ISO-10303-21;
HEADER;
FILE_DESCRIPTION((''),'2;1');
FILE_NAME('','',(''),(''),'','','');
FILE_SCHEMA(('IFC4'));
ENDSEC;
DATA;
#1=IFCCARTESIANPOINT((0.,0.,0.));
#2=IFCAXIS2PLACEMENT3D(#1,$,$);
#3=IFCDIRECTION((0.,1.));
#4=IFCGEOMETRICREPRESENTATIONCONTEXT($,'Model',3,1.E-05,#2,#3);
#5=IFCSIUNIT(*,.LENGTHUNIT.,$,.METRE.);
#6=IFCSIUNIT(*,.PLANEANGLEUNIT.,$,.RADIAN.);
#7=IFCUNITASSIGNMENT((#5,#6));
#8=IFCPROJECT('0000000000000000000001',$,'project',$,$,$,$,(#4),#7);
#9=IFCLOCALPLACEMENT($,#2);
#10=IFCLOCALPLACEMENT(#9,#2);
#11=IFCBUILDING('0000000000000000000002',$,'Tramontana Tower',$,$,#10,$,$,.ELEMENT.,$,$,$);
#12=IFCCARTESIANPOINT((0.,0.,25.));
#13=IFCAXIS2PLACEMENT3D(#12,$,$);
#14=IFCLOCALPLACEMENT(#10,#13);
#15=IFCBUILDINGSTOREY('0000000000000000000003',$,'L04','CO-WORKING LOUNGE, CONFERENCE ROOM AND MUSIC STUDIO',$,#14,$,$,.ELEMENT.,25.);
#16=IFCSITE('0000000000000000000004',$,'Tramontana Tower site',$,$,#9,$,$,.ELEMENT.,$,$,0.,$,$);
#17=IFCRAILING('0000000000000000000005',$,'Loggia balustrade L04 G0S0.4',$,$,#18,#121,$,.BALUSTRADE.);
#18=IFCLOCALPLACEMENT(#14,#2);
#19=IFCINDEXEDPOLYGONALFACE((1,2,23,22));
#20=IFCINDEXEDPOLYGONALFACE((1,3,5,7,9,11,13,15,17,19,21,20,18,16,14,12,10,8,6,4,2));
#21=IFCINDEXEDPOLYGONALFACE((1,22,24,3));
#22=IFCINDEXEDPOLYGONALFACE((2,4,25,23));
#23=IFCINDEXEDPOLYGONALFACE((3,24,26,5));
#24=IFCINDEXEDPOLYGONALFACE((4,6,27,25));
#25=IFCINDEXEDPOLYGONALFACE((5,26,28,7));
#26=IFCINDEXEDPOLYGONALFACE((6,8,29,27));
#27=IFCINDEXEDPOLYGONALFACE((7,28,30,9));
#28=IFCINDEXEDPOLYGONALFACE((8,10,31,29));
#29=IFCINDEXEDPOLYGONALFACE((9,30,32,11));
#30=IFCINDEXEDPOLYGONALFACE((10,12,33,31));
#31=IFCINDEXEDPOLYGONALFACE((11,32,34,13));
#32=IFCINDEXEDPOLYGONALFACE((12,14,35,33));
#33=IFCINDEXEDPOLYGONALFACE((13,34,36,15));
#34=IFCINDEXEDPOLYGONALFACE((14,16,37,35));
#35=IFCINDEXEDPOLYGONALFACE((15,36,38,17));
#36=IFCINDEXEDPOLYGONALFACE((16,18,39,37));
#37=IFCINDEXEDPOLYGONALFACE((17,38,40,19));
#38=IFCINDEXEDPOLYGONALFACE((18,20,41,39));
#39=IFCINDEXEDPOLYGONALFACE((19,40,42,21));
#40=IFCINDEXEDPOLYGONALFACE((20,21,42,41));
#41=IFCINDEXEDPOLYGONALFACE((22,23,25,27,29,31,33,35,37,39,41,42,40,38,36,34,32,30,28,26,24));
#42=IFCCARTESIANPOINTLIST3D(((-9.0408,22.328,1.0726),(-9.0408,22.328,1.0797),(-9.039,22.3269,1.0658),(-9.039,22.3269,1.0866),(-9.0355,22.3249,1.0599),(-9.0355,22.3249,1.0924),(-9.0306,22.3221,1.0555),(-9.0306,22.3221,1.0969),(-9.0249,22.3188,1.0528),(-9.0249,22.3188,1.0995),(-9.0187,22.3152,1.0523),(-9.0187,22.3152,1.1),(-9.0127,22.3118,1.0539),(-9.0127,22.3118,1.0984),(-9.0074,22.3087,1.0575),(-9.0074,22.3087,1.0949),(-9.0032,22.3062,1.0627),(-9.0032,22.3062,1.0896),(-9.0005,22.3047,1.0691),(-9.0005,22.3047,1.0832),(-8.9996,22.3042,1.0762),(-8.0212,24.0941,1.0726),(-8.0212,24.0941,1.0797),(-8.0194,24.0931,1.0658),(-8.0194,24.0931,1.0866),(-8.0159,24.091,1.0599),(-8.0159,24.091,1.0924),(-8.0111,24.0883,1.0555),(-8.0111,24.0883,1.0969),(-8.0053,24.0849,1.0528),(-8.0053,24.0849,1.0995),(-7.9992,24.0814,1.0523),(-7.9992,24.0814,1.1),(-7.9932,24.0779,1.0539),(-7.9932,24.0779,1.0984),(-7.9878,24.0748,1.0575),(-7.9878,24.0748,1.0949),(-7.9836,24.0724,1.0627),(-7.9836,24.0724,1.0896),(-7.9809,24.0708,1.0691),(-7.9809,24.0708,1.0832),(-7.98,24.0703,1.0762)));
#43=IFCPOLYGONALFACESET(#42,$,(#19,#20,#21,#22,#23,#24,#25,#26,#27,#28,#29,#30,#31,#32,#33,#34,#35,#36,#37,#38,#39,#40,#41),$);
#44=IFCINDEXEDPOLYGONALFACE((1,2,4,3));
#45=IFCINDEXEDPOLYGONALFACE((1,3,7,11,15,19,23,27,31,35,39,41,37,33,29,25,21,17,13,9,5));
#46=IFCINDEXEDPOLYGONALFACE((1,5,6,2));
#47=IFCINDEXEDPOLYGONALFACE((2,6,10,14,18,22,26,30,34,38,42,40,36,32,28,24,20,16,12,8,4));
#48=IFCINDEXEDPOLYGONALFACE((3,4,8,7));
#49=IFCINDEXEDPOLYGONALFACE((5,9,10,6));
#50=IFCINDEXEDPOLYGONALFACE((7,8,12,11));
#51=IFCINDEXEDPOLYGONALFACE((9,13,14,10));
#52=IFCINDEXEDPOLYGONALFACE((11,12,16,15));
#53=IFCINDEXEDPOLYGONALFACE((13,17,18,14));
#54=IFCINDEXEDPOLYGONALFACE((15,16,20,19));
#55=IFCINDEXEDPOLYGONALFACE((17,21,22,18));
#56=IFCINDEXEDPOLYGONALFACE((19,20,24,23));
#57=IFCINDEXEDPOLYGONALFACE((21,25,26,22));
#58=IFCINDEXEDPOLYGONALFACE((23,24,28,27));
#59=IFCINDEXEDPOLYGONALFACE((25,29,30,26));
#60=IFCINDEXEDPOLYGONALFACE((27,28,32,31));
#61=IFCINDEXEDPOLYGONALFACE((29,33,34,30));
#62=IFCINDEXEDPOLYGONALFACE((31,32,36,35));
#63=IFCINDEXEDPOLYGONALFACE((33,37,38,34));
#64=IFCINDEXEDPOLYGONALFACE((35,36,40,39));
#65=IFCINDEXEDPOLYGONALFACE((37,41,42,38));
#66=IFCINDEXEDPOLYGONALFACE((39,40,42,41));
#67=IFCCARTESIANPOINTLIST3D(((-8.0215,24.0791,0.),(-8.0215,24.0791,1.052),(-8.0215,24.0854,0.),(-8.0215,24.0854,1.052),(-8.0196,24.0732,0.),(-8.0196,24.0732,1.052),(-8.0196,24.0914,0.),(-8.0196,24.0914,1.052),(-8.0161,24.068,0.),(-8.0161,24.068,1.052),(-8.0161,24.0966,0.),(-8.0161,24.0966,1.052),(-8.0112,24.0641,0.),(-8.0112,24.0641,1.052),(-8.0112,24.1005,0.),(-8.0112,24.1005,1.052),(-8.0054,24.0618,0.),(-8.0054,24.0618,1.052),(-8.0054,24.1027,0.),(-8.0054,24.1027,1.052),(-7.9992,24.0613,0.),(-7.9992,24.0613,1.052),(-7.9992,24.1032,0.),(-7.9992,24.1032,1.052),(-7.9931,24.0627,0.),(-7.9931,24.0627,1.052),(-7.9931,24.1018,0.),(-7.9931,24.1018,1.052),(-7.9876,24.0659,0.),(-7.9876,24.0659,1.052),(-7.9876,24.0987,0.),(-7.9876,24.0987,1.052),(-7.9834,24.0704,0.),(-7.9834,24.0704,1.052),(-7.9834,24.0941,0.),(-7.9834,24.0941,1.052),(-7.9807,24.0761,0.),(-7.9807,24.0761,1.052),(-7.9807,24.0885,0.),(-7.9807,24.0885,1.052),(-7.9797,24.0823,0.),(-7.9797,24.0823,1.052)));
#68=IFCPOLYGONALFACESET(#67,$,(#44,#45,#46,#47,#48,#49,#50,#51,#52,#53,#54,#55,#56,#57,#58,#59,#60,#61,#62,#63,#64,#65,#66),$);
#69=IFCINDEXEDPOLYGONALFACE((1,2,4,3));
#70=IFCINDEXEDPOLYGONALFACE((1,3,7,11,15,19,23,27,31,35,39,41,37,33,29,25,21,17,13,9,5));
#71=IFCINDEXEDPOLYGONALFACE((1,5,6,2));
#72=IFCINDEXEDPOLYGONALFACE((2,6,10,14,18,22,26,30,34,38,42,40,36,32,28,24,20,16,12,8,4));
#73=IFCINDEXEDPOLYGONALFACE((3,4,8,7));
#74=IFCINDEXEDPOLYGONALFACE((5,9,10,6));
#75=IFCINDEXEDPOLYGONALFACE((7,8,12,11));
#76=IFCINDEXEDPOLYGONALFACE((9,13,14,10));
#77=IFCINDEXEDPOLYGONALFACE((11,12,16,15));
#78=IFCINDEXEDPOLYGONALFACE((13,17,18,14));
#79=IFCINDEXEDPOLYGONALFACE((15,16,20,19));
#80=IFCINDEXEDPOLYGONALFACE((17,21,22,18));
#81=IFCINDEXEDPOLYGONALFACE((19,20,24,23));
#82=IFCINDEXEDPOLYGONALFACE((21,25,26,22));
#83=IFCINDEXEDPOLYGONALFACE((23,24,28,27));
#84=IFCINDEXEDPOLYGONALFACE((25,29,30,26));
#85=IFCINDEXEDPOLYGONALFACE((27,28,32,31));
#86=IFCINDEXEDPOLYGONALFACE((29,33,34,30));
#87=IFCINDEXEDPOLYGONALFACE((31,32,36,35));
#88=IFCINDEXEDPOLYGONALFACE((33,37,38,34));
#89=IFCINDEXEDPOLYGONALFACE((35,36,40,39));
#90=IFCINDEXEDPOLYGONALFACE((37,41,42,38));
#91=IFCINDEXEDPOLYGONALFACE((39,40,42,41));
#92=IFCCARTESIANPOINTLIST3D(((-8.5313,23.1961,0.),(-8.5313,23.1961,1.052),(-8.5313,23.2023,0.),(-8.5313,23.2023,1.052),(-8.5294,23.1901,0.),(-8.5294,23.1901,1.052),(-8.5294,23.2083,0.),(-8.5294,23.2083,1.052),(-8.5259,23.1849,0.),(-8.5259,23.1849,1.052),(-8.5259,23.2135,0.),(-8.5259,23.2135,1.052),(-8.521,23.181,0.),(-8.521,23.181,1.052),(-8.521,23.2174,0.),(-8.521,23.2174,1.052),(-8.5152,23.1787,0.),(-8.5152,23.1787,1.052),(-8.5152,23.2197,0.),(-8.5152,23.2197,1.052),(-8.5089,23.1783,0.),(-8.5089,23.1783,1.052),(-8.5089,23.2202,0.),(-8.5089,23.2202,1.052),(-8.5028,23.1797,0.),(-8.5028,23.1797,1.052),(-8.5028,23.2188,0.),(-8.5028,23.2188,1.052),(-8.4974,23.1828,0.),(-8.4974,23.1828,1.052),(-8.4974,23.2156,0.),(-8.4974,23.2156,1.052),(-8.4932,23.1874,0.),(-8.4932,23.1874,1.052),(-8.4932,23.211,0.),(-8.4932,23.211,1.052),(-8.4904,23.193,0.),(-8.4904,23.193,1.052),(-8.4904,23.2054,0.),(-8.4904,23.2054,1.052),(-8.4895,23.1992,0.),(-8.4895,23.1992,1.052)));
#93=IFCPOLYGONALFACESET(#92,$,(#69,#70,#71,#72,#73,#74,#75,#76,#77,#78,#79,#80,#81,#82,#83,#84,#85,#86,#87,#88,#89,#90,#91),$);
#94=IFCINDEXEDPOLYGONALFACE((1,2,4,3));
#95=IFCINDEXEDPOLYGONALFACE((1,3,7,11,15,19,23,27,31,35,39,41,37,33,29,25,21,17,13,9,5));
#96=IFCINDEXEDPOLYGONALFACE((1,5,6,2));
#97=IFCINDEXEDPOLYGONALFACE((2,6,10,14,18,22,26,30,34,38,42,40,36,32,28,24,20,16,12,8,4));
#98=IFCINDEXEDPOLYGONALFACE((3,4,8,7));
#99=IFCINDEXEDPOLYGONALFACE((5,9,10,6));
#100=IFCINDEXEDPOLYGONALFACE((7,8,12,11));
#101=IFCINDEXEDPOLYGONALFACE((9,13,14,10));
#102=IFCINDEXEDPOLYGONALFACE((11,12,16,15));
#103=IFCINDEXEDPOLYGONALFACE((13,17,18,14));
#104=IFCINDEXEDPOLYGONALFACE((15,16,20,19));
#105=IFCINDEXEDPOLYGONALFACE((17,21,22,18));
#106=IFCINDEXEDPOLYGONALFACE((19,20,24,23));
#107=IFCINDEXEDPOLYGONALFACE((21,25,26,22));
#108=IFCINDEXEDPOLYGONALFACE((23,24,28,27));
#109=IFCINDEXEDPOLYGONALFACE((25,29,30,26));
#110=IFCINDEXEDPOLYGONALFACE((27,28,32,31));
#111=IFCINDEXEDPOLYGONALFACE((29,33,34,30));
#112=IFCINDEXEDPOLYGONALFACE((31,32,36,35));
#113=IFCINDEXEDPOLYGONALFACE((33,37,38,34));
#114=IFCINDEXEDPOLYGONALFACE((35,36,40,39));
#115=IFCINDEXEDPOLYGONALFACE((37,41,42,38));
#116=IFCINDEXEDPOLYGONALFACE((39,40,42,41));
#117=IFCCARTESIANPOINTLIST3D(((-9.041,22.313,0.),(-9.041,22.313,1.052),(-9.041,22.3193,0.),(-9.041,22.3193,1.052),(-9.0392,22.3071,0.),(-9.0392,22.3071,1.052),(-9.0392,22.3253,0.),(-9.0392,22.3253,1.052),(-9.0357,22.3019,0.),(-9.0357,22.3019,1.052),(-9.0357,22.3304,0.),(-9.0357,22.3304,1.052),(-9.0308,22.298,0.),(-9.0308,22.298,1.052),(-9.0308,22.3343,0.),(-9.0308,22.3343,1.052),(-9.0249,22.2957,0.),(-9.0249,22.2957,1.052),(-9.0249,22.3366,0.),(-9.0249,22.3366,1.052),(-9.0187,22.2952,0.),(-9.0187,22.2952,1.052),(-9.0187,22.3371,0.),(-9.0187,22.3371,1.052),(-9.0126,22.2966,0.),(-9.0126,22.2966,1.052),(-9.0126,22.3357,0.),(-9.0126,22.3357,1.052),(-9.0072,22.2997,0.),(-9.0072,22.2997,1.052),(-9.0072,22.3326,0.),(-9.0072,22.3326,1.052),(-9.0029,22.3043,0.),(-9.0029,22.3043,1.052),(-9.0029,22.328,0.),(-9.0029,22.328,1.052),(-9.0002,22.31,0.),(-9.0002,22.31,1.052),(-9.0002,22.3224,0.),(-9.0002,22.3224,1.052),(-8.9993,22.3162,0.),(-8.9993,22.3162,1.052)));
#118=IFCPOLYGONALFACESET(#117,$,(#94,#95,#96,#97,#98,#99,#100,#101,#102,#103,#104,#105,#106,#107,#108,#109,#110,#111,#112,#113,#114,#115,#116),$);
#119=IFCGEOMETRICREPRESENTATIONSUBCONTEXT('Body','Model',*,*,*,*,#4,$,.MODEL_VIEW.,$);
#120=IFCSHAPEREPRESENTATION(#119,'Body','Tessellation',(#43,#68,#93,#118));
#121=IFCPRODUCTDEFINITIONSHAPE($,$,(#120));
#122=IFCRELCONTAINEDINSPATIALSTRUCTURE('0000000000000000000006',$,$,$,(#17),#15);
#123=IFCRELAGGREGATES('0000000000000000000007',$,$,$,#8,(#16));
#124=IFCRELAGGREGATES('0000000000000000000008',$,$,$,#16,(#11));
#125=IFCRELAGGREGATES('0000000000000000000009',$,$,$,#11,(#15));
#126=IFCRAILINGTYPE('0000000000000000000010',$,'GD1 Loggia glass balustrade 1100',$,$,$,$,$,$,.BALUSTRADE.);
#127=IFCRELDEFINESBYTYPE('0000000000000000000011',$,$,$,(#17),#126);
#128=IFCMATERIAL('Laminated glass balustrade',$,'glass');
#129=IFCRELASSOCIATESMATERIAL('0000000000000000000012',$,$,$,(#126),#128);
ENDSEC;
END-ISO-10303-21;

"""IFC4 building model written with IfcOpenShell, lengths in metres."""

from ifc_helpers import new_model, si_unit, direction, frame, origin, origin_2d, place, context, subcontext, project, spatial, circle, extrude, material, type_object, element, save


model = new_model("IFC4")

# Units and contexts
model_context = context("Model", 3, precision=1e-05, world=origin(), true_north=direction((0.0, 1.0)))
body_context = subcontext(model_context, "Body", "Model", "MODEL_VIEW")
ifc_project = project(units=[si_unit("LENGTHUNIT", "METRE"), si_unit("PLANEANGLEUNIT", "RADIAN")], contexts=[model_context])

# Site, building, storey
site_placement = place(None, origin())
site = spatial("IfcSite", under=ifc_project, at=site_placement, Name="Tramontana Tower site", CompositionType="ELEMENT", RefElevation=0.0)
building_placement = place(site_placement, origin())
building = spatial("IfcBuilding", under=site, at=building_placement, Name="Tramontana Tower", CompositionType="ELEMENT")
storey_placement = place(building_placement, frame((0.0, 0.0, 25.0)))
storey = spatial("IfcBuildingStorey", under=building, at=storey_placement, Name="L04", Description="CO-WORKING LOUNGE, CONFERENCE ROOM AND MUSIC STUDIO", CompositionType="ELEMENT", Elevation=25.0)

# Railing
ifc_material_1 = material(Name="Laminated glass balustrade", Category="glass")
railing_type = type_object("IfcRailingType", Name="GD1 Loggia glass balustrade 1100", PredefinedType="BALUSTRADE", material=ifc_material_1)
railing_placement = place(storey_placement, frame((-8.0007, 24.0823, 0.0)))
element("IfcRailing", 1, at=railing_placement, inside=storey, type_object=railing_type, Name="Loggia balustrade L04 G0S0.4", PredefinedType="BALUSTRADE", context=body_context, shape_type="SweptSolid", body=[
    extrude(circle(Radius=0.0239, at=origin_2d()), frame((0.0, 0.0, 1.0762), z_axis=(-0.49995, -0.866054, 0.0), x_axis=(0.866054, -0.49995, 0.0)), (0.0, 0.0, 1.0), 2.0393),
    extrude(circle(Radius=0.021, at=origin_2d()), origin(), (0.0, 0.0, 1.0), 1.052),
    extrude(circle(Radius=0.021, at=origin_2d()), frame((-0.5098, -0.8831, 0.0)), (0.0, 0.0, 1.0), 1.052),
    extrude(circle(Radius=0.021, at=origin_2d()), frame((-1.0195, -1.7661, 0.0)), (0.0, 0.0, 1.0), 1.052),
])

save(model, "model.ifc")
